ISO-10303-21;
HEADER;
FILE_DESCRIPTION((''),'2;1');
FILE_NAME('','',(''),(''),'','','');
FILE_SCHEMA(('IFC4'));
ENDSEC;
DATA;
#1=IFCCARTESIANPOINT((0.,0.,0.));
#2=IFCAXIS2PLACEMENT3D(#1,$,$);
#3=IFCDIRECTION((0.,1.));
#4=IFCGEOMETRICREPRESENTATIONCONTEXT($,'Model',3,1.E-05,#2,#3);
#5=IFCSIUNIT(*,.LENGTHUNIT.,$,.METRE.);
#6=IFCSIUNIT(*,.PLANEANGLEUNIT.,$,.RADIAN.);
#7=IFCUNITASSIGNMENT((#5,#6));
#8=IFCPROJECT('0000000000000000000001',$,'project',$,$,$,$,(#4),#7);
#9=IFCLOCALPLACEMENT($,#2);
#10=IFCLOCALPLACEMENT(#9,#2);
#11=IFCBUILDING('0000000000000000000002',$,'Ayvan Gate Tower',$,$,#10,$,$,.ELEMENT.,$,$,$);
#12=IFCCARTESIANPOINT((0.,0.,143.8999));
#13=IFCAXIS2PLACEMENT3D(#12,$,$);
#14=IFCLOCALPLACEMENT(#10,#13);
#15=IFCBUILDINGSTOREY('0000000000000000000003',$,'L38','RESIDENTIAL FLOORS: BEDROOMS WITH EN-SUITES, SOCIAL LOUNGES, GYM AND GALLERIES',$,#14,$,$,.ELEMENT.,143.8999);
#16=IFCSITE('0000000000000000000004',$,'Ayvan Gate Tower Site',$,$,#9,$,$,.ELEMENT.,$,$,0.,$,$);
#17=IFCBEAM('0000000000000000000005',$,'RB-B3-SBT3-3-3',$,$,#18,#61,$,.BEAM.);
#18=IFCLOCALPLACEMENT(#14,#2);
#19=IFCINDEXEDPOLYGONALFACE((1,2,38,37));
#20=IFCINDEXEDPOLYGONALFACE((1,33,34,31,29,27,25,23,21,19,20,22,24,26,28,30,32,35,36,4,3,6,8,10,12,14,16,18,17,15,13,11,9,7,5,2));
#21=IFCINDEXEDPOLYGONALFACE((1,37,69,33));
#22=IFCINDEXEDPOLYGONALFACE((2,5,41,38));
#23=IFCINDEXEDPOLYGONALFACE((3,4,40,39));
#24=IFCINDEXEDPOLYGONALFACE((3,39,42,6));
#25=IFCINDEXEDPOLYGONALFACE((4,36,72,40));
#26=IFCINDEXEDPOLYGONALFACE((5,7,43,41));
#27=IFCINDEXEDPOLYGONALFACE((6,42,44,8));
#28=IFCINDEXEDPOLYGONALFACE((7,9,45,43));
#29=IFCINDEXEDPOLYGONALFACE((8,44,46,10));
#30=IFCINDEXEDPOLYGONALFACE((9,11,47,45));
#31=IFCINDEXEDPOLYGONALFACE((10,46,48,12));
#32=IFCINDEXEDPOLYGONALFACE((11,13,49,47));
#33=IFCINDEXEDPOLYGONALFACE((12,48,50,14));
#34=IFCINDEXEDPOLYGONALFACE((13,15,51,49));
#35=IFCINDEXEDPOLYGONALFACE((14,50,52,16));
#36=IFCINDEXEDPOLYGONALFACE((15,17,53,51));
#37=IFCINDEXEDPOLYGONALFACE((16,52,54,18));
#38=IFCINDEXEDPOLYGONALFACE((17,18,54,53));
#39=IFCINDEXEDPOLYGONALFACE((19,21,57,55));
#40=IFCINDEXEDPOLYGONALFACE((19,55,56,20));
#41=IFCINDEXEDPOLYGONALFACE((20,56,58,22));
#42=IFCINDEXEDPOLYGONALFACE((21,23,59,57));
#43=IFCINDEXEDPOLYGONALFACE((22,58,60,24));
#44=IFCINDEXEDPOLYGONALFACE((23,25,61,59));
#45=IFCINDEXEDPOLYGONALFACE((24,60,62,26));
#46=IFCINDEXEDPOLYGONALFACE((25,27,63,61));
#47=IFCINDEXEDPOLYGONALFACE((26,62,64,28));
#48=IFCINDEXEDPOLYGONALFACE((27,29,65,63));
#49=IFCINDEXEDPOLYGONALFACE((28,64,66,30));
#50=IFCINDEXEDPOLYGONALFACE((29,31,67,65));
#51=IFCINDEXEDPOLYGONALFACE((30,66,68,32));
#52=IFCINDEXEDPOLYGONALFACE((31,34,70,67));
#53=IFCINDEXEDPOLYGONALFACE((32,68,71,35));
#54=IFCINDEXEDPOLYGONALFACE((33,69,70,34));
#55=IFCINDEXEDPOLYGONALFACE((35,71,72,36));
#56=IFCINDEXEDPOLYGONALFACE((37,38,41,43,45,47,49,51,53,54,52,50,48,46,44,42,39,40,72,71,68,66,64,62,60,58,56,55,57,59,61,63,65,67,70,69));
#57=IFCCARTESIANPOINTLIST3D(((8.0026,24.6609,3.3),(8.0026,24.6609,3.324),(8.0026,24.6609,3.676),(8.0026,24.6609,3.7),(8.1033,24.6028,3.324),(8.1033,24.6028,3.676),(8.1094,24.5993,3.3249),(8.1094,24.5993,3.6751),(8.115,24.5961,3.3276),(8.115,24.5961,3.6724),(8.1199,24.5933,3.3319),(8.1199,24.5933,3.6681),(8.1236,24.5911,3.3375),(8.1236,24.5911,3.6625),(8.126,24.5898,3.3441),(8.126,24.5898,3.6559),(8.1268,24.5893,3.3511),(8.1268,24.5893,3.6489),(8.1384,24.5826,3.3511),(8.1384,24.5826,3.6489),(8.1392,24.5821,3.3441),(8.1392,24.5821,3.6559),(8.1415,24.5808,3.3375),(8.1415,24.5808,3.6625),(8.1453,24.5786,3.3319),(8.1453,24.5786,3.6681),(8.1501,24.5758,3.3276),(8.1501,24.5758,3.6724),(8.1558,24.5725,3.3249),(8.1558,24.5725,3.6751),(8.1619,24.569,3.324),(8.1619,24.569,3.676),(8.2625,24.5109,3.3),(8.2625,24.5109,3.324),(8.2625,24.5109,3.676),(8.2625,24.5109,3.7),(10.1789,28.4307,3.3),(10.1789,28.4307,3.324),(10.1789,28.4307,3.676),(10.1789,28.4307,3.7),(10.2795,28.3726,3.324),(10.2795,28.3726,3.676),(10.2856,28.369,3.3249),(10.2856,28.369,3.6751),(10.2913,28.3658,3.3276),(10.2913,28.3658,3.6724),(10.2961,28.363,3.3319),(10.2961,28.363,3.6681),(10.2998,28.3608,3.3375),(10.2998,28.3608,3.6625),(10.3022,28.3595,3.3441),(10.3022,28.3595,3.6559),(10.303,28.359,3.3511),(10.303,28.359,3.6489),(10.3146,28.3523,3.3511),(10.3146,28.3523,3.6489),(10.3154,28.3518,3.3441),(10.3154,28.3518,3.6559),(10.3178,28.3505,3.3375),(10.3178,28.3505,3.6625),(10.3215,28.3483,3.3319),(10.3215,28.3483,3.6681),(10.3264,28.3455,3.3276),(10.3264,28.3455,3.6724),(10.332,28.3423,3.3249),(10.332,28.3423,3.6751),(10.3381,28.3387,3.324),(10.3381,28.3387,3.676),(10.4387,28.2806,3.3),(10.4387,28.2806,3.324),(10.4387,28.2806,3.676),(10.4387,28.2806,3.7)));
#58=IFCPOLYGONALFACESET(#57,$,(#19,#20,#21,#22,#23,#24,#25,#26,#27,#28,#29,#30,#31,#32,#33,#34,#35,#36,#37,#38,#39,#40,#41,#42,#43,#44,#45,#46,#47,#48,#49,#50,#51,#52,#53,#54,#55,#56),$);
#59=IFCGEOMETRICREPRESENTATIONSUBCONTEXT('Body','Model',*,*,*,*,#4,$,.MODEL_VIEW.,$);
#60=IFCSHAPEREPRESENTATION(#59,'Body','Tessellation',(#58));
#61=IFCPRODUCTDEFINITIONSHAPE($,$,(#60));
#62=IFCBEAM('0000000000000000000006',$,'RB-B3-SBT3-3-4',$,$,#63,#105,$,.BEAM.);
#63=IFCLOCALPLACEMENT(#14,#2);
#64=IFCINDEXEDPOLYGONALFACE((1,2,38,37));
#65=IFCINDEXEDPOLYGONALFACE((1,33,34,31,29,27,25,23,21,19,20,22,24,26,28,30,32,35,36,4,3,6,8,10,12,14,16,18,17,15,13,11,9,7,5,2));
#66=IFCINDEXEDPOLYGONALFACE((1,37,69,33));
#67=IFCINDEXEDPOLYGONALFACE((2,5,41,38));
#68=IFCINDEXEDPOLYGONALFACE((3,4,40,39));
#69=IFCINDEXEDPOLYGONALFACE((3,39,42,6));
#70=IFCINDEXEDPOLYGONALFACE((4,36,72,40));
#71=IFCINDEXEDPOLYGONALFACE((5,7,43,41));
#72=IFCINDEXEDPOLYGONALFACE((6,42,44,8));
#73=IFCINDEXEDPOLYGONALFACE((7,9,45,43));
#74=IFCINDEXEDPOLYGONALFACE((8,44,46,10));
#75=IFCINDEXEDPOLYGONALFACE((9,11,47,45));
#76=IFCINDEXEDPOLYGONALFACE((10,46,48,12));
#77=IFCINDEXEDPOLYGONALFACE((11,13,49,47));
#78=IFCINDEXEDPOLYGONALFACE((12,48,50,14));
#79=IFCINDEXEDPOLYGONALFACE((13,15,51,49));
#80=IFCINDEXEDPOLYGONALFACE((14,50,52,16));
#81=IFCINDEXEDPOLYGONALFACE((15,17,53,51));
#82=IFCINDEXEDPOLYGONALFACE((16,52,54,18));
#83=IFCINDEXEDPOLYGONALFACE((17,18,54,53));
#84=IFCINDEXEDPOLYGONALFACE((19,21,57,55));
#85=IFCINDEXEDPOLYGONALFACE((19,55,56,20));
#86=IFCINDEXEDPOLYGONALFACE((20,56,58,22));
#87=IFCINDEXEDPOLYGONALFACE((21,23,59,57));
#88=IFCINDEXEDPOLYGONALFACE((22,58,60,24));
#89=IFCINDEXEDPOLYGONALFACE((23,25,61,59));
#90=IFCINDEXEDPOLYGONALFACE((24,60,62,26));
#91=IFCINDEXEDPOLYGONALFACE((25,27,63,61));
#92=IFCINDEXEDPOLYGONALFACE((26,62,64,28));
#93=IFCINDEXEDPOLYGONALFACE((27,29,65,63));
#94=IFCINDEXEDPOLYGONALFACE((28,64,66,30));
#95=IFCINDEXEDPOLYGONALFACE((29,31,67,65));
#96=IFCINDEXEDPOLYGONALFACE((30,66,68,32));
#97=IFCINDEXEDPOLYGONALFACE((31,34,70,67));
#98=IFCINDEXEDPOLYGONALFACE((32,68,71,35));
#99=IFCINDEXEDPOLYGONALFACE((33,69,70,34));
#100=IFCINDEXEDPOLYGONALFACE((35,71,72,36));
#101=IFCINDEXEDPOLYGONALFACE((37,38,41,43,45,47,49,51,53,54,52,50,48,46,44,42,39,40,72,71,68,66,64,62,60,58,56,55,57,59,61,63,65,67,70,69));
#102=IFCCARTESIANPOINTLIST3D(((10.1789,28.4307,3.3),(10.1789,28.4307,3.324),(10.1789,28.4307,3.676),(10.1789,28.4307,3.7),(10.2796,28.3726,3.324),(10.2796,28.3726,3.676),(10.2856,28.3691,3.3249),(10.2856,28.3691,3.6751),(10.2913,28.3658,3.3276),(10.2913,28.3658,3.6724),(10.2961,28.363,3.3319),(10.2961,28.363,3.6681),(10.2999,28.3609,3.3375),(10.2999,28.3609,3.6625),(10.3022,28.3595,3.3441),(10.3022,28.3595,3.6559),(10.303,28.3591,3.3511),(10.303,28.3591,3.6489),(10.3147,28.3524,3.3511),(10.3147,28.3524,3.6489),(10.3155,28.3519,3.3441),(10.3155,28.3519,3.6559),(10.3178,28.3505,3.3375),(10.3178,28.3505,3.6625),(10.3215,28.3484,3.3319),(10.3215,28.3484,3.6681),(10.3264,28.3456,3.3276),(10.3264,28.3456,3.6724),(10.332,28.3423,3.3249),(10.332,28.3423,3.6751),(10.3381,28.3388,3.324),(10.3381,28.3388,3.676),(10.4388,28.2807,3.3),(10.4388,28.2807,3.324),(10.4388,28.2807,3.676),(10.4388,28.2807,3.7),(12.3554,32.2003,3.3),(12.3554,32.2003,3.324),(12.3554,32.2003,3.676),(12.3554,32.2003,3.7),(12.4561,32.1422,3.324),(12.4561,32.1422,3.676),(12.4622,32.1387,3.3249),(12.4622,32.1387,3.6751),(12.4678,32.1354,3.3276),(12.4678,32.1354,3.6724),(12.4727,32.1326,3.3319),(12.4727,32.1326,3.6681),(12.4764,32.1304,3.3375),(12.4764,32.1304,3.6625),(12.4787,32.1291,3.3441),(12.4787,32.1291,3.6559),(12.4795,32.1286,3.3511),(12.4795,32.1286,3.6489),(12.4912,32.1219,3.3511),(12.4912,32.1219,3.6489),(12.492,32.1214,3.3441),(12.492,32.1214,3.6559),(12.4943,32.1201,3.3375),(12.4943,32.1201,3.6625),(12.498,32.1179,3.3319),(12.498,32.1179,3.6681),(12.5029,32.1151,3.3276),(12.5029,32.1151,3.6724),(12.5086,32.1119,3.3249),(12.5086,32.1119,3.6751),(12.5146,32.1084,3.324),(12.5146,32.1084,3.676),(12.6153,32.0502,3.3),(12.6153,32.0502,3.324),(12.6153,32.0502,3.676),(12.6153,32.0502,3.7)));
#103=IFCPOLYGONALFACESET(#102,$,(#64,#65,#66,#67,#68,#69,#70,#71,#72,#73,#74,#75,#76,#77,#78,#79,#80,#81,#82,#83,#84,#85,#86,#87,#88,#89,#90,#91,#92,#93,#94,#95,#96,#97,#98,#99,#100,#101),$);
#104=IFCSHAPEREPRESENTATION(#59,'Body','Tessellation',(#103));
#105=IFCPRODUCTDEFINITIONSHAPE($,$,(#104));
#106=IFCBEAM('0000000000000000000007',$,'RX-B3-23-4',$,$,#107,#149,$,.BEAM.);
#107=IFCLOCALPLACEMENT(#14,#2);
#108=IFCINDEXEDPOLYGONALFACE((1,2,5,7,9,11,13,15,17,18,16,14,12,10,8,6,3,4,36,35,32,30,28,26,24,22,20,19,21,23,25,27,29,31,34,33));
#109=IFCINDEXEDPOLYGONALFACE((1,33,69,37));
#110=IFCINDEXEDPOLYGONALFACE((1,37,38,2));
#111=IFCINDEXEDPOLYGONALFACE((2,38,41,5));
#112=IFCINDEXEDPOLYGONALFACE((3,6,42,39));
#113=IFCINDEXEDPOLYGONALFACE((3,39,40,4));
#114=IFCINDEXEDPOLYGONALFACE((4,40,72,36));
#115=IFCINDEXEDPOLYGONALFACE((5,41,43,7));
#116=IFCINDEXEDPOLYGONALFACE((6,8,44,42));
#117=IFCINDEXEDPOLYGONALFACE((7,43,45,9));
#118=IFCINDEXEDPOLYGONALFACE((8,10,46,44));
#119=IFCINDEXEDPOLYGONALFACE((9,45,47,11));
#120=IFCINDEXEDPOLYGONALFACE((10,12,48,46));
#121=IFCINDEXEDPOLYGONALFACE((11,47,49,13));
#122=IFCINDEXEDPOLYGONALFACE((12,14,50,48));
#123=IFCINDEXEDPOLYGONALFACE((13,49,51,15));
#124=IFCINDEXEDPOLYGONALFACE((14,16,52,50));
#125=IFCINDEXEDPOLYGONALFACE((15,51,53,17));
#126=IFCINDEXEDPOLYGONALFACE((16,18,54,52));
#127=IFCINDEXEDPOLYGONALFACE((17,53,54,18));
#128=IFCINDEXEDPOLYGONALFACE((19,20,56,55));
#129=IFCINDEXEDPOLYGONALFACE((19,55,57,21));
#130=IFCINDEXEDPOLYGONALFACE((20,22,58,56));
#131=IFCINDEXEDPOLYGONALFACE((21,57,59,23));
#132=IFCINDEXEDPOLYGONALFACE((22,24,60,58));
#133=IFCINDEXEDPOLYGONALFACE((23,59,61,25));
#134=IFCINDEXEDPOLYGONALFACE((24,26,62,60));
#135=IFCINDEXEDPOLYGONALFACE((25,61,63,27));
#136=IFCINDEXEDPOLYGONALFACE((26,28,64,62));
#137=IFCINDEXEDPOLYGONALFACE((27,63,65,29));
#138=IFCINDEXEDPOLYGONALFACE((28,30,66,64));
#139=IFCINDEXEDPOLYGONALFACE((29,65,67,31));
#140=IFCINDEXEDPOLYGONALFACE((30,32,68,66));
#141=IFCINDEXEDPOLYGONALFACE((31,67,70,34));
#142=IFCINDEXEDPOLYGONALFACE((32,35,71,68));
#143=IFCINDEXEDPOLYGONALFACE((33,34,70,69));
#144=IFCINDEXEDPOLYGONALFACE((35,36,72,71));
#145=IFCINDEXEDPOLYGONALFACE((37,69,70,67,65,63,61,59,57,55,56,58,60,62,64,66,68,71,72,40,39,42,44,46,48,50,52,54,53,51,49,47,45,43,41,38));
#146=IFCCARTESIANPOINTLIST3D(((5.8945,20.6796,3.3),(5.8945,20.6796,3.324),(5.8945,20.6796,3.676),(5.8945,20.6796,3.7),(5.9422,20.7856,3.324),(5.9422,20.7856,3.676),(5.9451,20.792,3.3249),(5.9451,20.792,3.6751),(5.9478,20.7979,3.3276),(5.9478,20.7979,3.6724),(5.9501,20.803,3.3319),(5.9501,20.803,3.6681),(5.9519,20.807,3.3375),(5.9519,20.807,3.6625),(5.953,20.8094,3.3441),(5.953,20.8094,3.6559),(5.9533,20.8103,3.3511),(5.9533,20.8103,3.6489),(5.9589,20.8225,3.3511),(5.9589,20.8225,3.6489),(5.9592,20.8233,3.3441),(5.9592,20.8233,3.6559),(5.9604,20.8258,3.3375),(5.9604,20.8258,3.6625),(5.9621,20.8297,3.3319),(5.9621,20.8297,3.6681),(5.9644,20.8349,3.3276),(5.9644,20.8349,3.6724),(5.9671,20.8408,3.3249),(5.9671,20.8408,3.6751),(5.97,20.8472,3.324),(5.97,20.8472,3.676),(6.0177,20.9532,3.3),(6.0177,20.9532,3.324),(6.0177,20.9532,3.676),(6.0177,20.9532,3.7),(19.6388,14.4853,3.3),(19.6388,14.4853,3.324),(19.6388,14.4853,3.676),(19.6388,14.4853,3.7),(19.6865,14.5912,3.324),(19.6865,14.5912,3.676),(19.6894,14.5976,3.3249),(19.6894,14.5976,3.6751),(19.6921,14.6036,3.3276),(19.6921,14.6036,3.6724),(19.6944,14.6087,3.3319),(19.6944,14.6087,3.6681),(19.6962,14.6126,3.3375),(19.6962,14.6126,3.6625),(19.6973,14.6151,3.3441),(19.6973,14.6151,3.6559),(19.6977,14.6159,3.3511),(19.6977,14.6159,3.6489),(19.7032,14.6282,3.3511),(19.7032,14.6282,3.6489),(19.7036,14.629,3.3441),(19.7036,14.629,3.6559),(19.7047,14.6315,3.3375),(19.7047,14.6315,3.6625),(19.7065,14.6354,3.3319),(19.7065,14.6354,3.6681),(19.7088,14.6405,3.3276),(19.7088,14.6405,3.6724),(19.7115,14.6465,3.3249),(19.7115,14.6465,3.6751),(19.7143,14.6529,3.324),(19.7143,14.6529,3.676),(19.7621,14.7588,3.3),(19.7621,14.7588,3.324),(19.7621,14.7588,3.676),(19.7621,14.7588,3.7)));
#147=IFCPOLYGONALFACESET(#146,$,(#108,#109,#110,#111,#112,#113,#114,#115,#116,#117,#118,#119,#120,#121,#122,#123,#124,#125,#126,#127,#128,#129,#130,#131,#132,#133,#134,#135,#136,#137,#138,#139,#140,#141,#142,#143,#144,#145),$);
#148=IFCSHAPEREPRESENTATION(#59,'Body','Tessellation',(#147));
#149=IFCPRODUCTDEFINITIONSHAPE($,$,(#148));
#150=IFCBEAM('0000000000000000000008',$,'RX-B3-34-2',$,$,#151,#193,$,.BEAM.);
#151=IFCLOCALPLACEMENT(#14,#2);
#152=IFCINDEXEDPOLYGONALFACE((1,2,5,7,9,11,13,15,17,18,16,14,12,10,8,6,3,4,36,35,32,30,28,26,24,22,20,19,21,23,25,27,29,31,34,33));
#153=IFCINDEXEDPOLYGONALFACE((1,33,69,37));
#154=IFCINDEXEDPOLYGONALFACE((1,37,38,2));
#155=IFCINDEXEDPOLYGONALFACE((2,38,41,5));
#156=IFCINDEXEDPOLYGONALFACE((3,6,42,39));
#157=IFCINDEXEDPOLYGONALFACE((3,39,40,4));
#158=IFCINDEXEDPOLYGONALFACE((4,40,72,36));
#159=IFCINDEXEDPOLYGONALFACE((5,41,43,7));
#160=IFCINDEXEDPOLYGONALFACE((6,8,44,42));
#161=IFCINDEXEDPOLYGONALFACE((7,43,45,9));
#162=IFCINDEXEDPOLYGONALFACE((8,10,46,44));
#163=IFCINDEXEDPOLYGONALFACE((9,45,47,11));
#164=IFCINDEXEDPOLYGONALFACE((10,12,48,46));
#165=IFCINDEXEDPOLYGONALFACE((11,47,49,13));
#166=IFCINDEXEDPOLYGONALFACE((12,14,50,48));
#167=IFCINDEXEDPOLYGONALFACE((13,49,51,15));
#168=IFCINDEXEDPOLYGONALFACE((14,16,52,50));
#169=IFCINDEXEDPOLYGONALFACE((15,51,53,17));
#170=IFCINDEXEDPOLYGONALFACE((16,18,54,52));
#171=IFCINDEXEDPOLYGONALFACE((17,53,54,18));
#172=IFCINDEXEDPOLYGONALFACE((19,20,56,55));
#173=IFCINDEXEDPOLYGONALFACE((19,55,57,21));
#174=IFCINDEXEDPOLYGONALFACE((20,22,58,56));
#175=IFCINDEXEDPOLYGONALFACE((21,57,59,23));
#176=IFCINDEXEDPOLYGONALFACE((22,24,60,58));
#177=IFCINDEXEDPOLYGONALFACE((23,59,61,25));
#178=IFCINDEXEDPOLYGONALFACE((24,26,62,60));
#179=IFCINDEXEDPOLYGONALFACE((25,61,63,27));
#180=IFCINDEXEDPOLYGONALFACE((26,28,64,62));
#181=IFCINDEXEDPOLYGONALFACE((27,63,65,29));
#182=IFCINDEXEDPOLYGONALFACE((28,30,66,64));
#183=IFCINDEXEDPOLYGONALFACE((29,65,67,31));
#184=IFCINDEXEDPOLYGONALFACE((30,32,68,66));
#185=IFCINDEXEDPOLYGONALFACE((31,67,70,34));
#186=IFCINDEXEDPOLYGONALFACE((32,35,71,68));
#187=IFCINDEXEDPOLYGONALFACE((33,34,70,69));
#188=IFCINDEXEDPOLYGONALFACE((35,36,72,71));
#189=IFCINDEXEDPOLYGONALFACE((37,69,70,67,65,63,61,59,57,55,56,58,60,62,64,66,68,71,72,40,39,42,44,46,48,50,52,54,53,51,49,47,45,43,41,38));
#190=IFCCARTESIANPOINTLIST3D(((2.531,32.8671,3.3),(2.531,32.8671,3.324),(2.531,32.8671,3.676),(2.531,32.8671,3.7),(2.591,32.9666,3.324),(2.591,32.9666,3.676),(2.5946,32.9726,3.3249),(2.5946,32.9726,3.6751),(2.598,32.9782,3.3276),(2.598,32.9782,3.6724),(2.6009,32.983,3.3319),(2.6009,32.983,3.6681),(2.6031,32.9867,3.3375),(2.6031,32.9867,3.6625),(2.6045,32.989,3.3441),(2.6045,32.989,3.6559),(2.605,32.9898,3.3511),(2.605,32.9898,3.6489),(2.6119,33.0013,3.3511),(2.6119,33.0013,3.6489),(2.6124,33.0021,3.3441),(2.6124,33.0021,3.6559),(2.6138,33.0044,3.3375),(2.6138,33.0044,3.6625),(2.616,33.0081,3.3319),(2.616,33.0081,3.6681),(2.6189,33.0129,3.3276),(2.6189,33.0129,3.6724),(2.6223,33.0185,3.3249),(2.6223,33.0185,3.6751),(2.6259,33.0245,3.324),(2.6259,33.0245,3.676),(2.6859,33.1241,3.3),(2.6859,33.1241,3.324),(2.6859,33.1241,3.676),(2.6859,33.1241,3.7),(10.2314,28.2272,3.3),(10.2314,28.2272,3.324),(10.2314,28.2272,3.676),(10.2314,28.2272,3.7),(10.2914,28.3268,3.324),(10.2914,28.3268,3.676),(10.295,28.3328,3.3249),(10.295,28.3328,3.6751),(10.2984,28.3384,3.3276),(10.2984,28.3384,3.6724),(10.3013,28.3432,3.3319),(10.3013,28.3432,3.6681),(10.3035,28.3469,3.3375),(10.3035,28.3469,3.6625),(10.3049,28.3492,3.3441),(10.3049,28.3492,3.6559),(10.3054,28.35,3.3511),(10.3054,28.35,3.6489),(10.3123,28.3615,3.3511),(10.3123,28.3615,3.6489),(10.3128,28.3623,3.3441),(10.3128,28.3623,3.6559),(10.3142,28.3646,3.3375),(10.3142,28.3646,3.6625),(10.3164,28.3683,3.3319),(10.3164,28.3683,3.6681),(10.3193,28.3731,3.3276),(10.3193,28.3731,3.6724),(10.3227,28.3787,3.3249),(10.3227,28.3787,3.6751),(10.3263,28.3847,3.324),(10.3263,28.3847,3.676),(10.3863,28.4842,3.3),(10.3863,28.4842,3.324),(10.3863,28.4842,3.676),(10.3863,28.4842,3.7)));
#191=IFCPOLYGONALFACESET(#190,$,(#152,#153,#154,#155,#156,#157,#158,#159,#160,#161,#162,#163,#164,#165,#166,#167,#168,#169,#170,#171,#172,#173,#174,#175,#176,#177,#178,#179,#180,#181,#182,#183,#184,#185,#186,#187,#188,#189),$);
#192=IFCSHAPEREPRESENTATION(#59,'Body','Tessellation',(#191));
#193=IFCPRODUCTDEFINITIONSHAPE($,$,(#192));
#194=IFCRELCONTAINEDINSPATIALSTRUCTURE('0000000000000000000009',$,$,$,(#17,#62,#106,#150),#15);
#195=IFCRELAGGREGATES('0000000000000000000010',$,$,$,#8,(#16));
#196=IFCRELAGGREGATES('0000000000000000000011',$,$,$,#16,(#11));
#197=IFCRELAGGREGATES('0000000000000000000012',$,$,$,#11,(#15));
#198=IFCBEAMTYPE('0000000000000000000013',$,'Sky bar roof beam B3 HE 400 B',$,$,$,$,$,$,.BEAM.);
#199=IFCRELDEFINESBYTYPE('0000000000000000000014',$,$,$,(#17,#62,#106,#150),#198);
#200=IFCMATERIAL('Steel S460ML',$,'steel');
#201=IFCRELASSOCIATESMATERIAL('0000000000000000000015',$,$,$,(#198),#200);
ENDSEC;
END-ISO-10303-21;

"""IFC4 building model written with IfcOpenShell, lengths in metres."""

from ifc_helpers import new_model, si_unit, direction, frame, origin, origin_2d, place, context, subcontext, project, spatial, i_section, extrude, material, material_profile, profile_set, type_object, element, save


model = new_model("IFC4")

# Units and contexts
model_context = context("Model", 3, precision=1e-05, world=origin(), true_north=direction((0.0, 1.0)))
body_context = subcontext(model_context, "Body", "Model", "MODEL_VIEW")
ifc_project = project(units=[si_unit("LENGTHUNIT", "METRE"), si_unit("PLANEANGLEUNIT", "RADIAN")], contexts=[model_context])

# Site, building, storey
site_placement = place(None, origin())
site = spatial("IfcSite", under=ifc_project, at=site_placement, Name="Ayvan Gate Tower Site", CompositionType="ELEMENT", RefElevation=0.0)
building_placement = place(site_placement, origin())
building = spatial("IfcBuilding", under=site, at=building_placement, Name="Ayvan Gate Tower", CompositionType="ELEMENT")
storey_placement = place(building_placement, frame((0.0, 0.0, 143.8999)))
storey = spatial("IfcBuildingStorey", under=building, at=storey_placement, Name="L38", Description="RESIDENTIAL FLOORS: BEDROOMS WITH EN-SUITES, SOCIAL LOUNGES, GYM AND GALLERIES", CompositionType="ELEMENT", Elevation=143.8999)

# Beams
ifc_material_1 = material(Name="Steel S460ML", Category="steel")
ifc_material_profile_1 = material_profile(ifc_material_1, i_section(OverallWidth=0.3, OverallDepth=0.3999, WebThickness=0.0134, FlangeThickness=0.0239, FilletRadius=0.0271, at=origin_2d()), Name="HE 400 B")
ifc_profile_set_1 = profile_set([ifc_material_profile_1], Name="Steel S460ML")
beam_type_1 = type_object("IfcBeamType", Name="Sky bar roof beam B3 HE 400 B", PredefinedType="BEAM", material=ifc_profile_set_1)
for number, where, z_axis, x_axis, name in (
    (1, (8.1326, 24.5859, 3.5), (0.499964, 0.866046, 0.0), (-0.866046, 0.499964, 0.0), "RB-B3-SBT3-3-3"),
    (2, (10.3088, 28.3557, 3.5), (0.50003, 0.866008, 0.0), (-0.866008, 0.50003, 0.0), "RB-B3-SBT3-3-4"),
):
    element("IfcBeam", number, at=place(storey_placement, frame(where, z_axis=z_axis, x_axis=x_axis)), inside=storey, type_object=beam_type_1, Name=name, PredefinedType="BEAM", context=body_context, shape_type="SweptSolid", body=[
        extrude(i_section(OverallWidth=0.3, OverallDepth=0.3999, WebThickness=0.0134, FlangeThickness=0.0239, FilletRadius=0.0271, at=origin_2d()), origin(), (0.0, 0.0, 1.0), 4.3528),
    ])
beam_1_placement = place(storey_placement, frame((19.7004, 14.6221, 3.5), z_axis=(-0.911689, 0.410881, 0.0), x_axis=(-0.410881, -0.911689, 0.0)))
element("IfcBeam", 3, at=beam_1_placement, inside=storey, type_object=beam_type_1, Name="RX-B3-23-4", PredefinedType="BEAM", context=body_context, shape_type="SweptSolid", body=[
    extrude(i_section(OverallWidth=0.3, OverallDepth=0.3999, WebThickness=0.0134, FlangeThickness=0.0239, FilletRadius=0.0271, at=origin_2d()), origin(), (0.0, 0.0, 1.0), 15.0757),
])
beam_2_placement = place(storey_placement, frame((10.3088, 28.3557, 3.5), z_axis=(-0.856528, 0.5161, 0.0), x_axis=(-0.5161, -0.856528, 0.0)))
element("IfcBeam", 4, at=beam_2_placement, inside=storey, type_object=beam_type_1, Name="RX-B3-34-2", PredefinedType="BEAM", context=body_context, shape_type="SweptSolid", body=[
    extrude(i_section(OverallWidth=0.3, OverallDepth=0.3999, WebThickness=0.0134, FlangeThickness=0.0239, FilletRadius=0.0271, at=origin_2d()), origin(), (0.0, 0.0, 1.0), 8.9902),
])

save(model, "model.ifc")
